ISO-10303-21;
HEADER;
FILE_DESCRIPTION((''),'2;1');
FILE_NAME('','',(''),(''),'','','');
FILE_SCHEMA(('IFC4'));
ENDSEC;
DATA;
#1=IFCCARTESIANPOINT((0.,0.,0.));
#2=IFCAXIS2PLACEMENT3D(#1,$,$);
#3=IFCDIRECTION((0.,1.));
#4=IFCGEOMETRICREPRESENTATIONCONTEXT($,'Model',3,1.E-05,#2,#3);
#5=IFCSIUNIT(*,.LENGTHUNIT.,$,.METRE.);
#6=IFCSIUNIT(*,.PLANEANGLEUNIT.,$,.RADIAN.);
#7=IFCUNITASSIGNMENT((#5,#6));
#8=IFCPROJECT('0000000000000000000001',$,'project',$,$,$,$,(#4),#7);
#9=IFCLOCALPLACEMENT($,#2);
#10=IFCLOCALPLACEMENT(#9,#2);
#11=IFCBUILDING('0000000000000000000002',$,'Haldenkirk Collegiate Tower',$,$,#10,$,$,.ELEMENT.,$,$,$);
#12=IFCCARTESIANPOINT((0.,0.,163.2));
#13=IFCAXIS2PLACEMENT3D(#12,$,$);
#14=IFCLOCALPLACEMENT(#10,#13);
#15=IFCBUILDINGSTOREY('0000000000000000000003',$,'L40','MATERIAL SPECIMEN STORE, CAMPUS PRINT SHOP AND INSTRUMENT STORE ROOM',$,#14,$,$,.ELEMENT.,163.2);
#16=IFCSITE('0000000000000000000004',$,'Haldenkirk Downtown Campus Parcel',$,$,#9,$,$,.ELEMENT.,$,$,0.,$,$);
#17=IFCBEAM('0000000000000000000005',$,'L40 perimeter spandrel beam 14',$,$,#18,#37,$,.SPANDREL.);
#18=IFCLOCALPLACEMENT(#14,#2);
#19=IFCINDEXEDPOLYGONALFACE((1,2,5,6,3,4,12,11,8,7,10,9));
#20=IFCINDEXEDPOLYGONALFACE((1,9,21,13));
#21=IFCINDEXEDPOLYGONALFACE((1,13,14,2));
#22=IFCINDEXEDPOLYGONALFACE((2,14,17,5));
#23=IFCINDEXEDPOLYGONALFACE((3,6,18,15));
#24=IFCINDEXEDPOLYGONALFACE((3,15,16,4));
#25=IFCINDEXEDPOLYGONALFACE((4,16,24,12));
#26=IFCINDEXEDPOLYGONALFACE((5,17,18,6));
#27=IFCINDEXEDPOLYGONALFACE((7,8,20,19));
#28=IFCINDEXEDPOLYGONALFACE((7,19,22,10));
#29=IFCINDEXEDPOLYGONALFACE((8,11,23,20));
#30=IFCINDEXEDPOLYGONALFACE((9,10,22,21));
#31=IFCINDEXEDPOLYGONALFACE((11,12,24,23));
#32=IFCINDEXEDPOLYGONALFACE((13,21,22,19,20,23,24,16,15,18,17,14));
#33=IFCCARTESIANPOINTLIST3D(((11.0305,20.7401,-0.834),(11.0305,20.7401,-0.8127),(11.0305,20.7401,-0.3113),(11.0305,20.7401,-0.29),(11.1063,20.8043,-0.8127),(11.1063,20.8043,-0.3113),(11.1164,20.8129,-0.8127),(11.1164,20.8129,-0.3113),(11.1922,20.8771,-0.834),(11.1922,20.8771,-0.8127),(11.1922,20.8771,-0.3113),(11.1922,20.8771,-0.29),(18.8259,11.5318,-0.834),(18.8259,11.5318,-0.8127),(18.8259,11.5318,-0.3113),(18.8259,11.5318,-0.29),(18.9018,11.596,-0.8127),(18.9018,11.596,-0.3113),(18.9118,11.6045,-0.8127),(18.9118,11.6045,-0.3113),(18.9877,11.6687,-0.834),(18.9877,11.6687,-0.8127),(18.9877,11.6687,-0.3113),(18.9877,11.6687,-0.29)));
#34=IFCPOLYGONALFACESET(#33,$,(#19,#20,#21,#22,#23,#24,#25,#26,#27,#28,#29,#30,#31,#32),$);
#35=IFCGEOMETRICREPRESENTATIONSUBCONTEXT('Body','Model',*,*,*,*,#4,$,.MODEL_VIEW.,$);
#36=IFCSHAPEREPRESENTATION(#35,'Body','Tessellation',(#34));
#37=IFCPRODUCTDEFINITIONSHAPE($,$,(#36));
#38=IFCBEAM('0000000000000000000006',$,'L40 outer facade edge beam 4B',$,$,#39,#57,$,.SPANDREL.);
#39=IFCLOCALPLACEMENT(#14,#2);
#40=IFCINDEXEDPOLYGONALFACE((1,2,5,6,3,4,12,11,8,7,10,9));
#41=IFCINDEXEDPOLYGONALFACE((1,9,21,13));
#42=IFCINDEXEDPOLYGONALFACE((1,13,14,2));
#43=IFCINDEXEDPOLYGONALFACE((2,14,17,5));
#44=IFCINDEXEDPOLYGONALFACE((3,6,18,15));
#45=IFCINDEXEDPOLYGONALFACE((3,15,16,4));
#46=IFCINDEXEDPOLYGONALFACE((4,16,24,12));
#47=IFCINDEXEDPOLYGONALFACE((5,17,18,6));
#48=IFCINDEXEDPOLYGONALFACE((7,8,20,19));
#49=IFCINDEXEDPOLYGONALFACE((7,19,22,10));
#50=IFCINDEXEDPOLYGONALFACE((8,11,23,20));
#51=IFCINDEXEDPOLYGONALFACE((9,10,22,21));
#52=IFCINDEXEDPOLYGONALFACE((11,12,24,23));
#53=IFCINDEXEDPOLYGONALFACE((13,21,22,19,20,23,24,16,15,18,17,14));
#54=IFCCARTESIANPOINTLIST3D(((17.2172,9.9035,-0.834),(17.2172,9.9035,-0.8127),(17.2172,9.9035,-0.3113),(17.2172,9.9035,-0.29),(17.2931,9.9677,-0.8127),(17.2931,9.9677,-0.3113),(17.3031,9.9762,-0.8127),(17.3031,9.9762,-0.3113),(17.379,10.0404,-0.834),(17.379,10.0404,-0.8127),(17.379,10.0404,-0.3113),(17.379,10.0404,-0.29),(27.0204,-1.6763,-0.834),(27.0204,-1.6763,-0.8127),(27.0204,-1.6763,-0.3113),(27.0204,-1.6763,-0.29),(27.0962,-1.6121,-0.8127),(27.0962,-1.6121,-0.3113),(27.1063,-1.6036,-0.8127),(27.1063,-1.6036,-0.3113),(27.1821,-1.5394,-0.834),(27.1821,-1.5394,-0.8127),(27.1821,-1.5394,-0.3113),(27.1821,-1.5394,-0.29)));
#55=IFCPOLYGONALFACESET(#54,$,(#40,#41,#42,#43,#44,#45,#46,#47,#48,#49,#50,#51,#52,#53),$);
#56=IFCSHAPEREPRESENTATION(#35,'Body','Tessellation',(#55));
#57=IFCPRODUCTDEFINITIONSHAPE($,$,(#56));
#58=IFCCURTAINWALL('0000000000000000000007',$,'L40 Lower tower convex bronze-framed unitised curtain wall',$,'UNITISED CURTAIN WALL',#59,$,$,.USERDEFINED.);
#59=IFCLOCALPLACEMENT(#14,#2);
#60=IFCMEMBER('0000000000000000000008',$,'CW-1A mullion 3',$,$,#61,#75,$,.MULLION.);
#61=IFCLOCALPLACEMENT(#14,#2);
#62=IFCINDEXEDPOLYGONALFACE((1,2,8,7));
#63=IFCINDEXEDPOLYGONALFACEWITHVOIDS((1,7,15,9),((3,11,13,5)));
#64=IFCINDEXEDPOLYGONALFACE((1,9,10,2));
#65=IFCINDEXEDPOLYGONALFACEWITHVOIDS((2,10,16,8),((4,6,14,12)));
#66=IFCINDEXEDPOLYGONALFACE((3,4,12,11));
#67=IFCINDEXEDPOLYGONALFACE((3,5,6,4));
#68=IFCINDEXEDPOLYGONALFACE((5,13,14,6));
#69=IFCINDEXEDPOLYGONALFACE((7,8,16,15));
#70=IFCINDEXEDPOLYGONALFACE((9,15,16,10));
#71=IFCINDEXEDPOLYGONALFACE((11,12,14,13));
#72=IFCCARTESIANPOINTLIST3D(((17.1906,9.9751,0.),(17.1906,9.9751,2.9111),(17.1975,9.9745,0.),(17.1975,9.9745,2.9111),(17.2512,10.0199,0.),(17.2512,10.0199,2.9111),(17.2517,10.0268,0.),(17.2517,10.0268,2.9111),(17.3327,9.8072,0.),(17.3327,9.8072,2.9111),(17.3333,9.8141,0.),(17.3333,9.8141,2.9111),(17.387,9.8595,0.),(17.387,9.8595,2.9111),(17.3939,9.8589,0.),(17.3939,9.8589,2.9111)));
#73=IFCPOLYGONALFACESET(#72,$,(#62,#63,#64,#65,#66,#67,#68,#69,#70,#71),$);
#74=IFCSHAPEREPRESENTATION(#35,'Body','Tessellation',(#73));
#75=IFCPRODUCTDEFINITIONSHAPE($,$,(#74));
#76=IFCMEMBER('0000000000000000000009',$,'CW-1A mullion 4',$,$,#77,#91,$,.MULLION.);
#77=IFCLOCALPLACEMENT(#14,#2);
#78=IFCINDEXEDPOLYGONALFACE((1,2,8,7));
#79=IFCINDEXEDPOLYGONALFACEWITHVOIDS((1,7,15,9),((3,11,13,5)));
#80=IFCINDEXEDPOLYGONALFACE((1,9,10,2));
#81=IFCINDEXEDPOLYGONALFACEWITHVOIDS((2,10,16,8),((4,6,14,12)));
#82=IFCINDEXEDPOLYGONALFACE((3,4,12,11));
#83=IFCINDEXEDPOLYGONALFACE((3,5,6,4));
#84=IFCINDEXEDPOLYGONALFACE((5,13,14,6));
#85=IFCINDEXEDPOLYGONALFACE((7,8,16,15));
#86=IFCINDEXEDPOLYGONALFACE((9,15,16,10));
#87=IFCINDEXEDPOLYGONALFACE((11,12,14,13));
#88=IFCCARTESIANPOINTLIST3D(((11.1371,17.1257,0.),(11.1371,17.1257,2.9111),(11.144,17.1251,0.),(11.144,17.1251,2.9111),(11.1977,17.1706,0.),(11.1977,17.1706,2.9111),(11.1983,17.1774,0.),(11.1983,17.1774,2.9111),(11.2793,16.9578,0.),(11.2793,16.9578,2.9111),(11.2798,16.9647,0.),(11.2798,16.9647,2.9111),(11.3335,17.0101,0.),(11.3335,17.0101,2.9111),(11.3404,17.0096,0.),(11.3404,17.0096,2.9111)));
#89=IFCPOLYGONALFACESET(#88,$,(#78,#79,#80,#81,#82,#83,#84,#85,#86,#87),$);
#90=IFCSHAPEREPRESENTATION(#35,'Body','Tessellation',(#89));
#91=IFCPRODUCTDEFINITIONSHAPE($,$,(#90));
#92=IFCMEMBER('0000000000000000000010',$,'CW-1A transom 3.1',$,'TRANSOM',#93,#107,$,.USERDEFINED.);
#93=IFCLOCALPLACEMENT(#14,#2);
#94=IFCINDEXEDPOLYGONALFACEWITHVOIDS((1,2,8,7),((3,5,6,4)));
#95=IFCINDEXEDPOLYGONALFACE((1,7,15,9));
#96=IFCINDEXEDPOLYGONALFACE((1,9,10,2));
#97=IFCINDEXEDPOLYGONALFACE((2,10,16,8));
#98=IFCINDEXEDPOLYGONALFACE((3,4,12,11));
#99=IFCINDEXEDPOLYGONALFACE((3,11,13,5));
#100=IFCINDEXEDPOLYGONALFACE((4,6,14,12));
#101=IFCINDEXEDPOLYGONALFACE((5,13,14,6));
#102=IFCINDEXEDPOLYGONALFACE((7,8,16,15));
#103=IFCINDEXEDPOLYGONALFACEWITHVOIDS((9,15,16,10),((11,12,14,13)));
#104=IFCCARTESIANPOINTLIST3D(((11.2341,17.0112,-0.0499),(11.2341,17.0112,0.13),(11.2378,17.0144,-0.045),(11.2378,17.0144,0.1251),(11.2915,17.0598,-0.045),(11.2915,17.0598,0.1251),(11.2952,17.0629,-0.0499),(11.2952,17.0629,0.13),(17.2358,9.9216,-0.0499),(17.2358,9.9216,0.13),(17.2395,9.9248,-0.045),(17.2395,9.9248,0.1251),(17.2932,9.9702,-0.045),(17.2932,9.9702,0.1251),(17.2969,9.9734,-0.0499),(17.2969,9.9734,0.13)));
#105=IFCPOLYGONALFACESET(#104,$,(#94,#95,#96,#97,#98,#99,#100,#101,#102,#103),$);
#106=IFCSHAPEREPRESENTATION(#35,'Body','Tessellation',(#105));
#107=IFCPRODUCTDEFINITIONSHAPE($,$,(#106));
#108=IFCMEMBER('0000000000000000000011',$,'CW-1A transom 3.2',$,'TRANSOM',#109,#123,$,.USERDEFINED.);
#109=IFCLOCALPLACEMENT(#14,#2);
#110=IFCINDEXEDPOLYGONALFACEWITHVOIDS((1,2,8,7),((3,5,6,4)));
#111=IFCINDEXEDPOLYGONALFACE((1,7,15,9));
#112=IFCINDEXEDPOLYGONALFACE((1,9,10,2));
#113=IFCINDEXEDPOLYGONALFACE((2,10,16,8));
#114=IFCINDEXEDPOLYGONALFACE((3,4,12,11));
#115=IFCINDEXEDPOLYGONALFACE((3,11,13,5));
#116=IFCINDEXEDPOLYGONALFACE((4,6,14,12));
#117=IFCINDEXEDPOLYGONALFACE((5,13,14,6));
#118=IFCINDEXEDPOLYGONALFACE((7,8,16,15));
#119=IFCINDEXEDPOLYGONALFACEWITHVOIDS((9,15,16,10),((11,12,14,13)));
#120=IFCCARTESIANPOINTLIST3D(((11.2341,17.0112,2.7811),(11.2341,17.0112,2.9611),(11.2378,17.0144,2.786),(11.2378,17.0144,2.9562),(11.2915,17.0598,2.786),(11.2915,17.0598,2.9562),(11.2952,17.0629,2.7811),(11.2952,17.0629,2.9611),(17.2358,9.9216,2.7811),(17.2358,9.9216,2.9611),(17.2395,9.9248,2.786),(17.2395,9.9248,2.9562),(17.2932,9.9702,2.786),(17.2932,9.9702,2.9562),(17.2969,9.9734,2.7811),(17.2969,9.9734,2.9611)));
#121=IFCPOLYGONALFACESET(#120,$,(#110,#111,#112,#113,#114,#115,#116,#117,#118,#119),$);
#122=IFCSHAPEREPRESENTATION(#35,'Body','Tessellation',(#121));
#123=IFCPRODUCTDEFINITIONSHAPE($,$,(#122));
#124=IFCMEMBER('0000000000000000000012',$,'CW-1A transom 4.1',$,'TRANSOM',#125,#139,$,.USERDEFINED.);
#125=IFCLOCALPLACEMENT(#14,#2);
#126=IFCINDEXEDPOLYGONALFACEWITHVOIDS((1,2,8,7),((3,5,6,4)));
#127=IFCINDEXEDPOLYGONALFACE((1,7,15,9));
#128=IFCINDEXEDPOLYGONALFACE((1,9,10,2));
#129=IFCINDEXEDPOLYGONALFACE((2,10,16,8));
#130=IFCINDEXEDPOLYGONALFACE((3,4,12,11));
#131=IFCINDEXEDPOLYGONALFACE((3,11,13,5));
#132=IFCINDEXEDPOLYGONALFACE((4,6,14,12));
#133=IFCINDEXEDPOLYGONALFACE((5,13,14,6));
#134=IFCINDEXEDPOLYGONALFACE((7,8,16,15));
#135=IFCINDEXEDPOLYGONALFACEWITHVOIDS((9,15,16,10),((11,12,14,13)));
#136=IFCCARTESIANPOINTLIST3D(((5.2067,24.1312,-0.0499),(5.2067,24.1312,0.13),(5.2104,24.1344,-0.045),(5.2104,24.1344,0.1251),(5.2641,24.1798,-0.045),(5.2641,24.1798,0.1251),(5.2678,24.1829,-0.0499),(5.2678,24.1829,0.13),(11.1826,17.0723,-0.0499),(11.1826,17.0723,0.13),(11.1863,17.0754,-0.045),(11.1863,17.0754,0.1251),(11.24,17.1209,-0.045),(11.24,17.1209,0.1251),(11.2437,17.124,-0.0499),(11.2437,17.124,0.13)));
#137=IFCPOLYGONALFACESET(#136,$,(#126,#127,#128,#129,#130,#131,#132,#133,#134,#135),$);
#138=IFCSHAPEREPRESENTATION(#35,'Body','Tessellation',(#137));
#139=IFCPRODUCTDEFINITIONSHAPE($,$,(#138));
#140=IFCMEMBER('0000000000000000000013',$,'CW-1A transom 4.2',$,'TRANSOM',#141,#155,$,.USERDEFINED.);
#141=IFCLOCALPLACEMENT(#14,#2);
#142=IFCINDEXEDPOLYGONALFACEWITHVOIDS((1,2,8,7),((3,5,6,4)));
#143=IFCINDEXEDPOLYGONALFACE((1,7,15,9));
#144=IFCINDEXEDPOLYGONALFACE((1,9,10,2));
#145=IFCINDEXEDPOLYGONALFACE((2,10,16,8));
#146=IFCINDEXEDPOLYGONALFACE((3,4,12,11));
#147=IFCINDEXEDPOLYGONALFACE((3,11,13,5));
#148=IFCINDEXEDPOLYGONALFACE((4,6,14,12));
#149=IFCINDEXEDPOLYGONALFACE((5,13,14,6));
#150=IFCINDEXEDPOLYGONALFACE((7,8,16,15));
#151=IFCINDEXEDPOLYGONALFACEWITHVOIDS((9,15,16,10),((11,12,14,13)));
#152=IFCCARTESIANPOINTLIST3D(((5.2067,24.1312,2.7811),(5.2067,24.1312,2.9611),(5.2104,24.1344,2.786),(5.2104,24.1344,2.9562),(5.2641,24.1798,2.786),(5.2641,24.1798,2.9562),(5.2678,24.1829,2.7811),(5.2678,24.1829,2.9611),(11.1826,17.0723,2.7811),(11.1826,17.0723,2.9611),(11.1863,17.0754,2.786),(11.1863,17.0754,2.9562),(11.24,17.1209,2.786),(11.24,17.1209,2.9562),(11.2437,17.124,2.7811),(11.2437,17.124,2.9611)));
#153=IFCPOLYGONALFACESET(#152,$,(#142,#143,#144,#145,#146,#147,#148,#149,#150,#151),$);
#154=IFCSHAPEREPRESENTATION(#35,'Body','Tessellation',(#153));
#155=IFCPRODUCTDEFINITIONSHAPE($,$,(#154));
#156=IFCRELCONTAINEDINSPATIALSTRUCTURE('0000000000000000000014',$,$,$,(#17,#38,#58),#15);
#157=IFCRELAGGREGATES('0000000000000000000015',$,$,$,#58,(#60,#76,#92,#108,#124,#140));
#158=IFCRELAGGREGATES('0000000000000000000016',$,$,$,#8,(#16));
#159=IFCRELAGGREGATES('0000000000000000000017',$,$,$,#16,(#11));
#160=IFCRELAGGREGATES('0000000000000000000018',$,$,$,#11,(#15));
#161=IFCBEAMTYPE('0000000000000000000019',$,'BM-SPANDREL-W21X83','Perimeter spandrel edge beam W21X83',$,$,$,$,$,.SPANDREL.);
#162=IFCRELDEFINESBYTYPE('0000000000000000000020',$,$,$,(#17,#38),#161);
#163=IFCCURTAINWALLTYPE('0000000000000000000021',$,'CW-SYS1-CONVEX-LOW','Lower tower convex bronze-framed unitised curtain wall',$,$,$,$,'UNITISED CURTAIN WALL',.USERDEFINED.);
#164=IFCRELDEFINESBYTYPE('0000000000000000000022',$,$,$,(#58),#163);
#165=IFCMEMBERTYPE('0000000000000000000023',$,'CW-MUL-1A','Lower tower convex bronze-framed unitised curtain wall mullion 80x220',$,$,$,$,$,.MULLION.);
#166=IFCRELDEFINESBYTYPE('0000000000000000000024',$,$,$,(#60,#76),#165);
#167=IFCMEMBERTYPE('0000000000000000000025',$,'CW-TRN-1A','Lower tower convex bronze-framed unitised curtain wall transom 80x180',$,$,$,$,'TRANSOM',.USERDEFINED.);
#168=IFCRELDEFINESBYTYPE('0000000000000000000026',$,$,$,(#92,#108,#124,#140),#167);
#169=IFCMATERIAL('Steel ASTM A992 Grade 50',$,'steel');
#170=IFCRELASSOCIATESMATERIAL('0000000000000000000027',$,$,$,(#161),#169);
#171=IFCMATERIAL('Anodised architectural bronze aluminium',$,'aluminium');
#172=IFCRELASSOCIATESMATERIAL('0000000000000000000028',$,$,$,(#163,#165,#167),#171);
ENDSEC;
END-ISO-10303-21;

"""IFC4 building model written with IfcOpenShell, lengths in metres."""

from ifc_helpers import new_model, si_unit, direction, frame, origin, origin_2d, place, context, subcontext, project, spatial, hollow_rectangle, i_section, extrude, material, material_profile, profile_set, type_object, element, aggregate, save


model = new_model("IFC4")

# Units and contexts
model_context = context("Model", 3, precision=1e-05, world=origin(), true_north=direction((0.0, 1.0)))
body_context = subcontext(model_context, "Body", "Model", "MODEL_VIEW")
ifc_project = project(units=[si_unit("LENGTHUNIT", "METRE"), si_unit("PLANEANGLEUNIT", "RADIAN")], contexts=[model_context])

# Site, building, storey
site_placement = place(None, origin())
site = spatial("IfcSite", under=ifc_project, at=site_placement, Name="Haldenkirk Downtown Campus Parcel", CompositionType="ELEMENT", RefElevation=0.0)
building_placement = place(site_placement, origin())
building = spatial("IfcBuilding", under=site, at=building_placement, Name="Haldenkirk Collegiate Tower", CompositionType="ELEMENT")
storey_placement = place(building_placement, frame((0.0, 0.0, 163.2)))
storey = spatial("IfcBuildingStorey", under=building, at=storey_placement, Name="L40", Description="MATERIAL SPECIMEN STORE, CAMPUS PRINT SHOP AND INSTRUMENT STORE ROOM", CompositionType="ELEMENT", Elevation=163.2)

# Beams
ifc_material_1 = material(Name="Steel ASTM A992 Grade 50", Category="steel")
ifc_material_profile_1 = material_profile(ifc_material_1, i_section(OverallWidth=0.2119, OverallDepth=0.5439, WebThickness=0.0132, FlangeThickness=0.0212, at=origin_2d()), Name="W21X83")
ifc_profile_set_1 = profile_set([ifc_material_profile_1], Name="Steel ASTM A992 Grade 50")
beam_type = type_object("IfcBeamType", Name="BM-SPANDREL-W21X83", Description="Perimeter spandrel edge beam W21X83", PredefinedType="SPANDREL", material=ifc_profile_set_1)
beam_1_placement = place(storey_placement, frame((11.1113, 20.8086, -0.562), z_axis=(0.646126, -0.76323, 0.0), x_axis=(0.76323, 0.646126, 0.0)))
element("IfcBeam", 1, at=beam_1_placement, inside=storey, type_object=beam_type, Name="L40 perimeter spandrel beam 14", PredefinedType="SPANDREL", context=body_context, shape_type="SweptSolid", body=[
    extrude(i_section(OverallWidth=0.2119, OverallDepth=0.5439, WebThickness=0.0132, FlangeThickness=0.0212, at=origin_2d()), origin(), (0.0, 0.0, 1.0), 12.0649),
])
beam_2_placement = place(storey_placement, frame((17.2981, 9.9719, -0.562), z_axis=(0.64613, -0.763227, 0.0), x_axis=(0.763227, 0.64613, 0.0)))
element("IfcBeam", 2, at=beam_2_placement, inside=storey, type_object=beam_type, Name="L40 outer facade edge beam 4B", PredefinedType="SPANDREL", context=body_context, shape_type="SweptSolid", body=[
    extrude(i_section(OverallWidth=0.2119, OverallDepth=0.5439, WebThickness=0.0132, FlangeThickness=0.0212, at=origin_2d()), origin(), (0.0, 0.0, 1.0), 15.1721),
])

# Curtain wall, members
ifc_material_2 = material(Name="Anodised architectural bronze aluminium", Category="aluminium")
curtain_wall_type = type_object("IfcCurtainWallType", Name="CW-SYS1-CONVEX-LOW", Description="Lower tower convex bronze-framed unitised curtain wall", ElementType="UNITISED CURTAIN WALL", PredefinedType="USERDEFINED", material=ifc_material_2)
curtain_wall_placement = place(storey_placement, origin())
curtain_wall = element("IfcCurtainWall", 3, at=curtain_wall_placement, inside=storey, type_object=curtain_wall_type, Name="L40 Lower tower convex bronze-framed unitised curtain wall", ObjectType="UNITISED CURTAIN WALL", PredefinedType="USERDEFINED")
ifc_material_profile_2 = material_profile(ifc_material_2, hollow_rectangle(XDim=0.0801, YDim=0.22, WallThickness=0.0049, at=origin_2d()), Name="CW-MUL-1A")
ifc_profile_set_2 = profile_set([ifc_material_profile_2], Name="Anodised architectural bronze aluminium")
member_type_1 = type_object("IfcMemberType", Name="CW-MUL-1A", Description="Lower tower convex bronze-framed unitised curtain wall mullion 80x220", PredefinedType="MULLION", material=ifc_profile_set_2)
member_1_placement = place(storey_placement, frame((17.2922, 9.917, 0.0), z_axis=(0.0, 0.0, 1.0), x_axis=(-0.763233, -0.646123, 0.0)))
member_1 = element("IfcMember", 4, at=member_1_placement, type_object=member_type_1, Name="CW-1A mullion 3", PredefinedType="MULLION", context=body_context, shape_type="SweptSolid", body=[
    extrude(hollow_rectangle(XDim=0.0801, YDim=0.22, WallThickness=0.0049, at=origin_2d()), origin(), (0.0, 0.0, 1.0), 2.9111),
])
member_2_placement = place(storey_placement, frame((11.2388, 17.0676, 0.0), z_axis=(0.0, 0.0, 1.0), x_axis=(-0.763233, -0.646123, 0.0)))
member_2 = element("IfcMember", 5, at=member_2_placement, type_object=member_type_1, Name="CW-1A mullion 4", PredefinedType="MULLION", context=body_context, shape_type="SweptSolid", body=[
    extrude(hollow_rectangle(XDim=0.0801, YDim=0.22, WallThickness=0.0049, at=origin_2d()), origin(), (0.0, 0.0, 1.0), 2.9111),
])
ifc_material_profile_3 = material_profile(ifc_material_2, hollow_rectangle(XDim=0.0801, YDim=0.1799, WallThickness=0.0049, at=origin_2d()), Name="CW-TRN-1A")
ifc_profile_set_3 = profile_set([ifc_material_profile_3], Name="Anodised architectural bronze aluminium")
member_type_2 = type_object("IfcMemberType", Name="CW-TRN-1A", Description="Lower tower convex bronze-framed unitised curtain wall transom 80x180", ElementType="TRANSOM", PredefinedType="USERDEFINED", material=ifc_profile_set_3)
member_3_placement = place(storey_placement, frame((17.2664, 9.9475, 0.04), z_axis=(-0.646119, 0.763237, 0.0), x_axis=(-0.763237, -0.646119, 0.0)))
member_3 = element("IfcMember", 6, at=member_3_placement, type_object=member_type_2, Name="CW-1A transom 3.1", ObjectType="TRANSOM", PredefinedType="USERDEFINED", context=body_context, shape_type="SweptSolid", body=[
    extrude(hollow_rectangle(XDim=0.0801, YDim=0.1799, WallThickness=0.0049, at=origin_2d()), origin(), (0.0, 0.0, 1.0), 9.2888),
])
member_4_placement = place(storey_placement, frame((17.2664, 9.9475, 2.8711), z_axis=(-0.646119, 0.763237, 0.0), x_axis=(-0.763237, -0.646119, 0.0)))
member_4 = element("IfcMember", 7, at=member_4_placement, type_object=member_type_2, Name="CW-1A transom 3.2", ObjectType="TRANSOM", PredefinedType="USERDEFINED", context=body_context, shape_type="SweptSolid", body=[
    extrude(hollow_rectangle(XDim=0.0801, YDim=0.1799, WallThickness=0.0049, at=origin_2d()), origin(), (0.0, 0.0, 1.0), 9.2888),
])
member_5_placement = place(storey_placement, frame((11.2131, 17.0981, 0.04), z_axis=(-0.646129, 0.763228, 0.0), x_axis=(-0.763228, -0.646129, 0.0)))
member_5 = element("IfcMember", 8, at=member_5_placement, type_object=member_type_2, Name="CW-1A transom 4.1", ObjectType="TRANSOM", PredefinedType="USERDEFINED", context=body_context, shape_type="SweptSolid", body=[
    extrude(hollow_rectangle(XDim=0.0801, YDim=0.1799, WallThickness=0.0049, at=origin_2d()), origin(), (0.0, 0.0, 1.0), 9.2488),
])
member_6_placement = place(storey_placement, frame((11.2131, 17.0981, 2.8711), z_axis=(-0.646129, 0.763228, 0.0), x_axis=(-0.763228, -0.646129, 0.0)))
member_6 = element("IfcMember", 9, at=member_6_placement, type_object=member_type_2, Name="CW-1A transom 4.2", ObjectType="TRANSOM", PredefinedType="USERDEFINED", context=body_context, shape_type="SweptSolid", body=[
    extrude(hollow_rectangle(XDim=0.0801, YDim=0.1799, WallThickness=0.0049, at=origin_2d()), origin(), (0.0, 0.0, 1.0), 9.2488),
])

aggregate(curtain_wall, [member_1, member_2, member_3, member_4, member_5, member_6])

save(model, "model.ifc")
